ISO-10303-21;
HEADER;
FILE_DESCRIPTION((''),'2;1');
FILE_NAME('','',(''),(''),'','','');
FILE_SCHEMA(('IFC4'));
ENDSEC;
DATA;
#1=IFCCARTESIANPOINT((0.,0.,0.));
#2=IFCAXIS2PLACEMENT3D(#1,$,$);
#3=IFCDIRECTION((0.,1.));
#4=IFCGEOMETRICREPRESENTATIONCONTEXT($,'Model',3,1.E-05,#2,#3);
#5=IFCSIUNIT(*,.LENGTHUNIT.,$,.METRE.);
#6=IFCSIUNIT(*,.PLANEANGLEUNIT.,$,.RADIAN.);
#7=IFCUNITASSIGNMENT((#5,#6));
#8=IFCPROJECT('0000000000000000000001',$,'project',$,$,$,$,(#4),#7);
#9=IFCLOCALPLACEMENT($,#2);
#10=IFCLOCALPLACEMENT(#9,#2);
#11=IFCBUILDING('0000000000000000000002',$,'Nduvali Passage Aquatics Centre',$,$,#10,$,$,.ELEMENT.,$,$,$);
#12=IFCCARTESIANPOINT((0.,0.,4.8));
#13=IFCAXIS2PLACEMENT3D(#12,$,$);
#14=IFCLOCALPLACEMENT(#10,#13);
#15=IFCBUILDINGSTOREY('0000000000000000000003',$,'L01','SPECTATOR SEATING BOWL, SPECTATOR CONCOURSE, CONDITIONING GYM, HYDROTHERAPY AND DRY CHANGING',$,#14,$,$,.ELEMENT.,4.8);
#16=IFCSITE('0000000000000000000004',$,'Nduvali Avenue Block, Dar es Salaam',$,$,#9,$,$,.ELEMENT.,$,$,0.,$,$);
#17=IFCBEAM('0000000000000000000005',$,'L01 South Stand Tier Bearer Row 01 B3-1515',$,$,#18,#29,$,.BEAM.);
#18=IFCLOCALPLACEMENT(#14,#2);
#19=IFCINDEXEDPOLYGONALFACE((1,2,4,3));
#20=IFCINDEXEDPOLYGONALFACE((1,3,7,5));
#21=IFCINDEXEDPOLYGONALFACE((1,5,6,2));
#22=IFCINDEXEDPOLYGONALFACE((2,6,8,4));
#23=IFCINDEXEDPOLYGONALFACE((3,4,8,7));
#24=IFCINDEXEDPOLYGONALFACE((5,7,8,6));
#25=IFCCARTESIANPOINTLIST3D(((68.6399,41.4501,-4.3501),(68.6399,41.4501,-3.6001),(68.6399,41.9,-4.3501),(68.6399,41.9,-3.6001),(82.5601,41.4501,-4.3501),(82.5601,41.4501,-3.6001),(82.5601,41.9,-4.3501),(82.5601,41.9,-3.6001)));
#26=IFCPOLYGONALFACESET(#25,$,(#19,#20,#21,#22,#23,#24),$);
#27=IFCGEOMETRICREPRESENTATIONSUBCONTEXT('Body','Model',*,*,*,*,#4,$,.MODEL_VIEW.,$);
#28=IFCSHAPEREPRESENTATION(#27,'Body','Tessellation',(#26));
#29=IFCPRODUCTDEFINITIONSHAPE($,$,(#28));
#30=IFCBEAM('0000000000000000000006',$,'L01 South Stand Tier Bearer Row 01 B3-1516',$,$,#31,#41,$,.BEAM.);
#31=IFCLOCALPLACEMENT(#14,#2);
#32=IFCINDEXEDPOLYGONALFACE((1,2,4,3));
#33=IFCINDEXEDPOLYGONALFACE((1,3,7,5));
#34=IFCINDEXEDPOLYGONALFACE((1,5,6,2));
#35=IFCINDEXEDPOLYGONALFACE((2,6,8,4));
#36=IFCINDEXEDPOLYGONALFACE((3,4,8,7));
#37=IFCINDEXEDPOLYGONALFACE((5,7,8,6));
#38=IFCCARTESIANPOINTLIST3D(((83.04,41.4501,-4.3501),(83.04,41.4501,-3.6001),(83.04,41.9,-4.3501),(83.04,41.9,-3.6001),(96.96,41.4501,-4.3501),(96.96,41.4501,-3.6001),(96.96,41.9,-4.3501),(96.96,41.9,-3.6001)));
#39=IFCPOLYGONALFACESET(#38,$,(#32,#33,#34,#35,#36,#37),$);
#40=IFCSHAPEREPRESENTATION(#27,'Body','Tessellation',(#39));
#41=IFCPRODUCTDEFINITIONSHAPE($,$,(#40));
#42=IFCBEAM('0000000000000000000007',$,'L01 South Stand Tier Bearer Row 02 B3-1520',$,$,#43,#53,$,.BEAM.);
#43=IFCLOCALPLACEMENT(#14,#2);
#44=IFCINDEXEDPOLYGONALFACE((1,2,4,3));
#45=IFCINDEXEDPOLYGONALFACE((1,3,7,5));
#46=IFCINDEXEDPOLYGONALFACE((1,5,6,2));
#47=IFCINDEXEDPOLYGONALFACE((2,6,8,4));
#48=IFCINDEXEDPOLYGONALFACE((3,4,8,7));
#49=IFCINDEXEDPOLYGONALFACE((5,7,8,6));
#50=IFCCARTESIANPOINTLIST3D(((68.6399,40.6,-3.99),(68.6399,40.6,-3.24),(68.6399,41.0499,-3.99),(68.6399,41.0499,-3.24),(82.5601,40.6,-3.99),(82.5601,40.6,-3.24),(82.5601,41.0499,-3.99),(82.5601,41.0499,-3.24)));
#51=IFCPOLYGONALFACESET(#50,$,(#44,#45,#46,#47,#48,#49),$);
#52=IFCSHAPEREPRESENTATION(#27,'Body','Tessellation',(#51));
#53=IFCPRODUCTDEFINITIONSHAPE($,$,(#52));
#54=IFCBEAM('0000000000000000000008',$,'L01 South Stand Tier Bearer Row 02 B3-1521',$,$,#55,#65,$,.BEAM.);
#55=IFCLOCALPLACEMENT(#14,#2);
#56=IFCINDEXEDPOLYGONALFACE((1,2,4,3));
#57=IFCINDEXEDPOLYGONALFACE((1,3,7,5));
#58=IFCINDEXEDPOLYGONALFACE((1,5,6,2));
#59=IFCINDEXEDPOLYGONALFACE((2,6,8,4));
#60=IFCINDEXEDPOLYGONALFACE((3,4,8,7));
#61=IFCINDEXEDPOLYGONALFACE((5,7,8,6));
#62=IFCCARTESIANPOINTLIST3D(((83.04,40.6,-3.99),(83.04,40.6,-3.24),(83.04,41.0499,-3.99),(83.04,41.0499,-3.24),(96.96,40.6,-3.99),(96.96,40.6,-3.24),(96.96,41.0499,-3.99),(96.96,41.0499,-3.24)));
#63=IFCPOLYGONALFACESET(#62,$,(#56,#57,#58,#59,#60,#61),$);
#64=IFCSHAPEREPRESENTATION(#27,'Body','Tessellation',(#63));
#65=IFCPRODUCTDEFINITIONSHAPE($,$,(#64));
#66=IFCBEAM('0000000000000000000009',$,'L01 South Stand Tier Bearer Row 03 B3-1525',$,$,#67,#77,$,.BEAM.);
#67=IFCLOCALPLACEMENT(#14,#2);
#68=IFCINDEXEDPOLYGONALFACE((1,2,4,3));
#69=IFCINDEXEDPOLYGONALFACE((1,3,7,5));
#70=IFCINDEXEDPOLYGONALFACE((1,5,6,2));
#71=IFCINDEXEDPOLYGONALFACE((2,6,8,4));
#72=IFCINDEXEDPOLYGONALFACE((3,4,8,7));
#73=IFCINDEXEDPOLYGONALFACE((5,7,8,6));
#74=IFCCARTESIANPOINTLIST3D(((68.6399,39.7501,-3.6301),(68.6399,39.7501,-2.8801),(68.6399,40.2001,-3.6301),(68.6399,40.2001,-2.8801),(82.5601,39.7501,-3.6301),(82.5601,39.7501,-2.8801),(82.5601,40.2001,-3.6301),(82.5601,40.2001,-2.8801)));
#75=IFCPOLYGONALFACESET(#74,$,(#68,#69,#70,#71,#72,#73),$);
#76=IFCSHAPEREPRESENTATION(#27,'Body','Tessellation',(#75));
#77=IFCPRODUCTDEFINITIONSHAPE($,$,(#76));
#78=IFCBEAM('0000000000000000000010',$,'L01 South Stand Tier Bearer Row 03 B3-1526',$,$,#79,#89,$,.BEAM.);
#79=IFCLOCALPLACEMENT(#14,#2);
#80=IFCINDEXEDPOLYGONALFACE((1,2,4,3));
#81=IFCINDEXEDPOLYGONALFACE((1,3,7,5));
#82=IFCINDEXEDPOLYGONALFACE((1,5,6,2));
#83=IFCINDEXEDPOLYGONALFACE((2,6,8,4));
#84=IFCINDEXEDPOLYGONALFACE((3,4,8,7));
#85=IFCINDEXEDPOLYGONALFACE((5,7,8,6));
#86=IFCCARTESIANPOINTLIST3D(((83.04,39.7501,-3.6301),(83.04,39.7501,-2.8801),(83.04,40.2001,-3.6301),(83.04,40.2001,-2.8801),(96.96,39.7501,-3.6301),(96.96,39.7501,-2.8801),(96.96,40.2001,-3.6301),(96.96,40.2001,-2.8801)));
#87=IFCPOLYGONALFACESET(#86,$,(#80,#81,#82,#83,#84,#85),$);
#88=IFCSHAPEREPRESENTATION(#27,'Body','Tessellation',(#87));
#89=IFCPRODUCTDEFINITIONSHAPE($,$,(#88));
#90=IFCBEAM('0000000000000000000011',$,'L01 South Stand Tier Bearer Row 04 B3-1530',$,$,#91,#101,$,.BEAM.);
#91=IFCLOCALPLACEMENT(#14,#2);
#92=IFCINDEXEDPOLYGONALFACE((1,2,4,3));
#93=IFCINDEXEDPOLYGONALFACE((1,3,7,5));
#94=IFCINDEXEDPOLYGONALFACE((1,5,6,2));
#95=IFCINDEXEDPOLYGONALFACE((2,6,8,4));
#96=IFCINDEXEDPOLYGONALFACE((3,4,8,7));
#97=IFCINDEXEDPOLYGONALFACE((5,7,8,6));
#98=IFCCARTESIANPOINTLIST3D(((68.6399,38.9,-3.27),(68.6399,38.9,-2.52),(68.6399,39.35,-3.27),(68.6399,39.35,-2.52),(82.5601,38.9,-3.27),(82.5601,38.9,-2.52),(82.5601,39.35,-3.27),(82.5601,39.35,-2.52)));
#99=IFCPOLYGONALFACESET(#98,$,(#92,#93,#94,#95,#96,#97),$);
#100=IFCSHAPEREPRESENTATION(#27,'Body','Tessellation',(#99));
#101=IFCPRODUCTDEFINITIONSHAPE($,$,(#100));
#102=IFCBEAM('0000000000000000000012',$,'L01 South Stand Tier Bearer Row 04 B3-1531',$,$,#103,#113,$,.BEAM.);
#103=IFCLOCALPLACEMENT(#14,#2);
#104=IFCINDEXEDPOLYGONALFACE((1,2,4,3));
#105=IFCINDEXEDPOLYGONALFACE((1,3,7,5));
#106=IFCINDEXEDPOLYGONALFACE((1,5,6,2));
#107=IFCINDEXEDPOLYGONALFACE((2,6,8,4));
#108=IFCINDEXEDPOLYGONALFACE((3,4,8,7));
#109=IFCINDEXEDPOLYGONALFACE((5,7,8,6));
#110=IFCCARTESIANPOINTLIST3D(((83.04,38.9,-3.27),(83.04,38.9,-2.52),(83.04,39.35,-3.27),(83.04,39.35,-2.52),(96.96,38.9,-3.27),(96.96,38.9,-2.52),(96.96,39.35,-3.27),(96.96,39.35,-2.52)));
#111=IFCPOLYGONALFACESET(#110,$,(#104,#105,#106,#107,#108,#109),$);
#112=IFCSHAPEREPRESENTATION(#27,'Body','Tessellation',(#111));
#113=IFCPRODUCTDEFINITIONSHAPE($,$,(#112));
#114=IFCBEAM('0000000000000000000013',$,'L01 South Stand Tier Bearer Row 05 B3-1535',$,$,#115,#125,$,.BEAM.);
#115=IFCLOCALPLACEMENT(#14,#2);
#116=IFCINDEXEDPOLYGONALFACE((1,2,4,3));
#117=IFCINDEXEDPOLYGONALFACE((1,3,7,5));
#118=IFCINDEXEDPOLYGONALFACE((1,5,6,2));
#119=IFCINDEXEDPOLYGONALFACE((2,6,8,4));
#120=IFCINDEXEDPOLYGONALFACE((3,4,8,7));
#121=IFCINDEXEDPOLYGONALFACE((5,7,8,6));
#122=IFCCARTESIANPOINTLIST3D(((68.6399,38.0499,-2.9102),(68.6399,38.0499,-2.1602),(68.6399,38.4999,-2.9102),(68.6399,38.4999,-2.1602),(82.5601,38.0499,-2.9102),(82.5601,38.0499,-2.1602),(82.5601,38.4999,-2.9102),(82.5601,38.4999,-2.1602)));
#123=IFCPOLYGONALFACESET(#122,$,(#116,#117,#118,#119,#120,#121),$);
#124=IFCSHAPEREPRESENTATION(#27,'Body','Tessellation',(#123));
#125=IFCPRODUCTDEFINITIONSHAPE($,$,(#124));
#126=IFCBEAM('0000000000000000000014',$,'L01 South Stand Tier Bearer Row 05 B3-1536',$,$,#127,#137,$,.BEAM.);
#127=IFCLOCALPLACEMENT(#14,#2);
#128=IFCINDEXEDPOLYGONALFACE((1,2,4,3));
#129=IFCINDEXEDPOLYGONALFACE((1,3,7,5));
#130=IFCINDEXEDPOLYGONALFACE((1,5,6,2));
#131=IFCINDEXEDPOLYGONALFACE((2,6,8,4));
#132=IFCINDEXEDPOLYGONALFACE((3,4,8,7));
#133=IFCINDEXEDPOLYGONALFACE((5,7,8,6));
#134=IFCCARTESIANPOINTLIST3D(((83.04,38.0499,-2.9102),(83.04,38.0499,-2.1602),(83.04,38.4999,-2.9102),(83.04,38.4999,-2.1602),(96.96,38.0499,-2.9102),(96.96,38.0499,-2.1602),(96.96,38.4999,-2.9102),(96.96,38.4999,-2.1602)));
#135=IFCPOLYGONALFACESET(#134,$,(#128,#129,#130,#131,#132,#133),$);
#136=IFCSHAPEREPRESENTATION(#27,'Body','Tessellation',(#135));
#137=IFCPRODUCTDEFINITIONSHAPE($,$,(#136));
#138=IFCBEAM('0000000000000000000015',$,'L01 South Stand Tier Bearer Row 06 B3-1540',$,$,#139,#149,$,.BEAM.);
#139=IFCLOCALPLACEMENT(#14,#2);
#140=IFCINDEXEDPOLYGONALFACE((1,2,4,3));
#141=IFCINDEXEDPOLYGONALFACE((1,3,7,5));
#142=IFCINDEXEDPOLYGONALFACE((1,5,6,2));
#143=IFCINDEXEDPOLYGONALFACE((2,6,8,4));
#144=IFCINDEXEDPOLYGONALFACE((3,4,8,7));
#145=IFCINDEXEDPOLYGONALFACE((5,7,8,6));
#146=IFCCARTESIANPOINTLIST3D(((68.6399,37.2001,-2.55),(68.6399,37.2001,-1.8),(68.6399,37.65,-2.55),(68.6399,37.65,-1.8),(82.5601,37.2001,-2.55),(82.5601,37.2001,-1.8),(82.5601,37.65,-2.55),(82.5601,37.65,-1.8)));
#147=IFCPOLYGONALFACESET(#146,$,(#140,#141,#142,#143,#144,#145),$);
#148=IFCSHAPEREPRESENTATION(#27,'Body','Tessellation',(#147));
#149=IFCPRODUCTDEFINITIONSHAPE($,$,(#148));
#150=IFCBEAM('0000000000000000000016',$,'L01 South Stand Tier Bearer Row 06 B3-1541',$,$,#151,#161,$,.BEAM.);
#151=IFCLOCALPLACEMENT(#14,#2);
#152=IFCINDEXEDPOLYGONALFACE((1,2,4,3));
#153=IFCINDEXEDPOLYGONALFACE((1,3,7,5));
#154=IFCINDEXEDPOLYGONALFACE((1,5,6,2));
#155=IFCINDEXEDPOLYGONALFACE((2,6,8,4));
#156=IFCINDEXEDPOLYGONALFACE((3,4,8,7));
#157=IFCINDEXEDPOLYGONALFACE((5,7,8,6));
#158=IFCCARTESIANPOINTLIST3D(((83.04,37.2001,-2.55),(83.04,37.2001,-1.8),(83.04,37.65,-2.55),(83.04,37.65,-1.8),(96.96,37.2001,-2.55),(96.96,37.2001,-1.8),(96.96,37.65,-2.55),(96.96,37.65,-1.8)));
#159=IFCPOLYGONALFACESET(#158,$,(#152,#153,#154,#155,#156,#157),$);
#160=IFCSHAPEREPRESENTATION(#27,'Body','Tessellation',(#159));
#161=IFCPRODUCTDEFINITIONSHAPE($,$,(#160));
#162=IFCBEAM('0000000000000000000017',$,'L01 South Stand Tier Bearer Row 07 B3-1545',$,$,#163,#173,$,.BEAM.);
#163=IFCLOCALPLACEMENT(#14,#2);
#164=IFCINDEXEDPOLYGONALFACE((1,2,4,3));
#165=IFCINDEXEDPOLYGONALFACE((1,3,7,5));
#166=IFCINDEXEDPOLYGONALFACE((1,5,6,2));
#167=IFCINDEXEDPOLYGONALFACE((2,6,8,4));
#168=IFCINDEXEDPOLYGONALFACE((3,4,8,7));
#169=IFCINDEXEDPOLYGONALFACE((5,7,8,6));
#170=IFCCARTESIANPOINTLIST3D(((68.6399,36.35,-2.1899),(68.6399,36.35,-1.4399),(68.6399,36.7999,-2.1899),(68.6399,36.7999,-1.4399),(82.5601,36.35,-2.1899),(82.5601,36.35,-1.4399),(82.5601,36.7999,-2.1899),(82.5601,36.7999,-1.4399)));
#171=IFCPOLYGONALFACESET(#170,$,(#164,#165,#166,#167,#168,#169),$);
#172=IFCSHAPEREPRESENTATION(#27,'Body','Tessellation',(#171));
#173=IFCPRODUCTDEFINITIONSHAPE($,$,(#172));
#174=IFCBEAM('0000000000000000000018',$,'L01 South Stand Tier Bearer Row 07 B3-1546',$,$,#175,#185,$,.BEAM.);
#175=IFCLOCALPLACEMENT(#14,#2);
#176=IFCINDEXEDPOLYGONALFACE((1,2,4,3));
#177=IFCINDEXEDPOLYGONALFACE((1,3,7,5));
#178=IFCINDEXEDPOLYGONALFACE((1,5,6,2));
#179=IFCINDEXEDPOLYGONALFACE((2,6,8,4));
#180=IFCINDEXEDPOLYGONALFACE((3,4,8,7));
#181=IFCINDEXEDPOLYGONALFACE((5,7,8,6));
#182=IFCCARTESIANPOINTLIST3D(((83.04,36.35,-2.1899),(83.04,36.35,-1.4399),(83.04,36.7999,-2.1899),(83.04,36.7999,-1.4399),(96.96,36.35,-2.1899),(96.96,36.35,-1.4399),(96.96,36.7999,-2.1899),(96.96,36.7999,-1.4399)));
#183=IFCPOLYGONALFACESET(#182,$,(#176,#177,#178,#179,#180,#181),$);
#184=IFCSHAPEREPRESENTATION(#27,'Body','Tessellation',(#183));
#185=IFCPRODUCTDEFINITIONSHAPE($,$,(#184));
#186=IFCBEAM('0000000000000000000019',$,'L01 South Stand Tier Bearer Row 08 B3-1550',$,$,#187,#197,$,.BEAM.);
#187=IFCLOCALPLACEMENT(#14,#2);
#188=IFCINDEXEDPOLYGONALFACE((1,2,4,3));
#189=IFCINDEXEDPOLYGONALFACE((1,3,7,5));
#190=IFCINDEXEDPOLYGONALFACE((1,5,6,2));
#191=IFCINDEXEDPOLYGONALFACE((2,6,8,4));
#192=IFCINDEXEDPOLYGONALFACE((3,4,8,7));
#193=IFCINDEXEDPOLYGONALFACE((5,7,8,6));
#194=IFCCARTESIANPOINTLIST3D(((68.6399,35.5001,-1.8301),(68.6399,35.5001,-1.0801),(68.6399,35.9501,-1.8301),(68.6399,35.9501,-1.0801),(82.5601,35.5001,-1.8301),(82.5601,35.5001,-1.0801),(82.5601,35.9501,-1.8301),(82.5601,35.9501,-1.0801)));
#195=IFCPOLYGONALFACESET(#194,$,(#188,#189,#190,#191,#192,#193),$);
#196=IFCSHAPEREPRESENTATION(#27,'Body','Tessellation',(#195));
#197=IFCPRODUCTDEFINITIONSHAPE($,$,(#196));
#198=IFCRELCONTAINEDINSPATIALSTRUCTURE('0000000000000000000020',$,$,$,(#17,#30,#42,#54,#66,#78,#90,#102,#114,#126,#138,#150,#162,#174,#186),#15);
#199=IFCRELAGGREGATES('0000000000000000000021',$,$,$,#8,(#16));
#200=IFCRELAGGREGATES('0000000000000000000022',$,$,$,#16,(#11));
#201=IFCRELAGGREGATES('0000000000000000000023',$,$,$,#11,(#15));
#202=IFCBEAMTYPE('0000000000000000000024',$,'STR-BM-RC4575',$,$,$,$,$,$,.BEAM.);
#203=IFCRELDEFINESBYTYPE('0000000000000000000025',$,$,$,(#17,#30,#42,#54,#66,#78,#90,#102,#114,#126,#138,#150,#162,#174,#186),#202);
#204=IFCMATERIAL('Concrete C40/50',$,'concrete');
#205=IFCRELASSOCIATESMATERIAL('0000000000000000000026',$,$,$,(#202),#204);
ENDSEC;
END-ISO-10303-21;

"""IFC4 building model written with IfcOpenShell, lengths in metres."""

from ifc_helpers import new_model, si_unit, direction, frame, origin, origin_2d, place, context, subcontext, project, spatial, rectangle, extrude, material, material_profile, profile_set, type_object, element, save


model = new_model("IFC4")

# Units and contexts
model_context = context("Model", 3, precision=1e-05, world=origin(), true_north=direction((0.0, 1.0)))
body_context = subcontext(model_context, "Body", "Model", "MODEL_VIEW")
ifc_project = project(units=[si_unit("LENGTHUNIT", "METRE"), si_unit("PLANEANGLEUNIT", "RADIAN")], contexts=[model_context])

# Site, building, storey
site_placement = place(None, origin())
site = spatial("IfcSite", under=ifc_project, at=site_placement, Name="Nduvali Avenue Block, Dar es Salaam", CompositionType="ELEMENT", RefElevation=0.0)
building_placement = place(site_placement, origin())
building = spatial("IfcBuilding", under=site, at=building_placement, Name="Nduvali Passage Aquatics Centre", CompositionType="ELEMENT")
storey_placement = place(building_placement, frame((0.0, 0.0, 4.8)))
storey = spatial("IfcBuildingStorey", under=building, at=storey_placement, Name="L01", Description="SPECTATOR SEATING BOWL, SPECTATOR CONCOURSE, CONDITIONING GYM, HYDROTHERAPY AND DRY CHANGING", CompositionType="ELEMENT", Elevation=4.8)

# Beams
ifc_material = material(Name="Concrete C40/50", Category="concrete")
ifc_material_profile_1 = material_profile(ifc_material, rectangle(XDim=0.45, YDim=0.75, at=origin_2d()), Name="RC 450x750")
ifc_profile_set_1 = profile_set([ifc_material_profile_1], Name="Concrete C40/50")
beam_type_1 = type_object("IfcBeamType", Name="STR-BM-RC4575", PredefinedType="BEAM", material=ifc_profile_set_1)
beam_1_placement = place(storey_placement, frame((68.6399, 41.675, -3.9751), z_axis=(1.0, 0.0, 0.0), x_axis=(0.0, 1.0, 0.0)))
element("IfcBeam", 1, at=beam_1_placement, inside=storey, type_object=beam_type_1, Name="L01 South Stand Tier Bearer Row 01 B3-1515", PredefinedType="BEAM", context=body_context, shape_type="SweptSolid", body=[
    extrude(rectangle(XDim=0.45, YDim=0.75, at=origin_2d()), origin(), (0.0, 0.0, 1.0), 13.9202),
])
beam_2_placement = place(storey_placement, frame((83.04, 41.675, -3.9751), z_axis=(1.0, 0.0, 0.0), x_axis=(0.0, 1.0, 0.0)))
element("IfcBeam", 2, at=beam_2_placement, inside=storey, type_object=beam_type_1, Name="L01 South Stand Tier Bearer Row 01 B3-1516", PredefinedType="BEAM", context=body_context, shape_type="SweptSolid", body=[
    extrude(rectangle(XDim=0.45, YDim=0.75, at=origin_2d()), origin(), (0.0, 0.0, 1.0), 13.9199),
])
beam_3_placement = place(storey_placement, frame((68.6399, 40.825, -3.615), z_axis=(1.0, 0.0, 0.0), x_axis=(0.0, 1.0, 0.0)))
element("IfcBeam", 3, at=beam_3_placement, inside=storey, type_object=beam_type_1, Name="L01 South Stand Tier Bearer Row 02 B3-1520", PredefinedType="BEAM", context=body_context, shape_type="SweptSolid", body=[
    extrude(rectangle(XDim=0.45, YDim=0.75, at=origin_2d()), origin(), (0.0, 0.0, 1.0), 13.9202),
])
beam_4_placement = place(storey_placement, frame((83.04, 40.825, -3.615), z_axis=(1.0, 0.0, 0.0), x_axis=(0.0, 1.0, 0.0)))
element("IfcBeam", 4, at=beam_4_placement, inside=storey, type_object=beam_type_1, Name="L01 South Stand Tier Bearer Row 02 B3-1521", PredefinedType="BEAM", context=body_context, shape_type="SweptSolid", body=[
    extrude(rectangle(XDim=0.45, YDim=0.75, at=origin_2d()), origin(), (0.0, 0.0, 1.0), 13.9199),
])
beam_5_placement = place(storey_placement, frame((68.6399, 39.9751, -3.2551), z_axis=(1.0, 0.0, 0.0), x_axis=(0.0, 1.0, 0.0)))
element("IfcBeam", 5, at=beam_5_placement, inside=storey, type_object=beam_type_1, Name="L01 South Stand Tier Bearer Row 03 B3-1525", PredefinedType="BEAM", context=body_context, shape_type="SweptSolid", body=[
    extrude(rectangle(XDim=0.45, YDim=0.75, at=origin_2d()), origin(), (0.0, 0.0, 1.0), 13.9202),
])
beam_6_placement = place(storey_placement, frame((83.04, 39.9751, -3.2551), z_axis=(1.0, 0.0, 0.0), x_axis=(0.0, 1.0, 0.0)))
element("IfcBeam", 6, at=beam_6_placement, inside=storey, type_object=beam_type_1, Name="L01 South Stand Tier Bearer Row 03 B3-1526", PredefinedType="BEAM", context=body_context, shape_type="SweptSolid", body=[
    extrude(rectangle(XDim=0.45, YDim=0.75, at=origin_2d()), origin(), (0.0, 0.0, 1.0), 13.9199),
])
beam_7_placement = place(storey_placement, frame((68.6399, 39.125, -2.895), z_axis=(1.0, 0.0, 0.0), x_axis=(0.0, 1.0, 0.0)))
element("IfcBeam", 7, at=beam_7_placement, inside=storey, type_object=beam_type_1, Name="L01 South Stand Tier Bearer Row 04 B3-1530", PredefinedType="BEAM", context=body_context, shape_type="SweptSolid", body=[
    extrude(rectangle(XDim=0.45, YDim=0.75, at=origin_2d()), origin(), (0.0, 0.0, 1.0), 13.9202),
])
beam_8_placement = place(storey_placement, frame((83.04, 39.125, -2.895), z_axis=(1.0, 0.0, 0.0), x_axis=(0.0, 1.0, 0.0)))
element("IfcBeam", 8, at=beam_8_placement, inside=storey, type_object=beam_type_1, Name="L01 South Stand Tier Bearer Row 04 B3-1531", PredefinedType="BEAM", context=body_context, shape_type="SweptSolid", body=[
    extrude(rectangle(XDim=0.45, YDim=0.75, at=origin_2d()), origin(), (0.0, 0.0, 1.0), 13.9199),
])
beam_9_placement = place(storey_placement, frame((68.6399, 38.2749, -2.5352), z_axis=(1.0, 0.0, 0.0), x_axis=(0.0, 1.0, 0.0)))
element("IfcBeam", 9, at=beam_9_placement, inside=storey, type_object=beam_type_1, Name="L01 South Stand Tier Bearer Row 05 B3-1535", PredefinedType="BEAM", context=body_context, shape_type="SweptSolid", body=[
    extrude(rectangle(XDim=0.45, YDim=0.75, at=origin_2d()), origin(), (0.0, 0.0, 1.0), 13.9202),
])
beam_10_placement = place(storey_placement, frame((83.04, 38.2749, -2.5352), z_axis=(1.0, 0.0, 0.0), x_axis=(0.0, 1.0, 0.0)))
element("IfcBeam", 10, at=beam_10_placement, inside=storey, type_object=beam_type_1, Name="L01 South Stand Tier Bearer Row 05 B3-1536", PredefinedType="BEAM", context=body_context, shape_type="SweptSolid", body=[
    extrude(rectangle(XDim=0.45, YDim=0.75, at=origin_2d()), origin(), (0.0, 0.0, 1.0), 13.9199),
])
beam_11_placement = place(storey_placement, frame((68.6399, 37.425, -2.175), z_axis=(1.0, 0.0, 0.0), x_axis=(0.0, 1.0, 0.0)))
element("IfcBeam", 11, at=beam_11_placement, inside=storey, type_object=beam_type_1, Name="L01 South Stand Tier Bearer Row 06 B3-1540", PredefinedType="BEAM", context=body_context, shape_type="SweptSolid", body=[
    extrude(rectangle(XDim=0.45, YDim=0.75, at=origin_2d()), origin(), (0.0, 0.0, 1.0), 13.9202),
])
beam_12_placement = place(storey_placement, frame((83.04, 37.425, -2.175), z_axis=(1.0, 0.0, 0.0), x_axis=(0.0, 1.0, 0.0)))
element("IfcBeam", 12, at=beam_12_placement, inside=storey, type_object=beam_type_1, Name="L01 South Stand Tier Bearer Row 06 B3-1541", PredefinedType="BEAM", context=body_context, shape_type="SweptSolid", body=[
    extrude(rectangle(XDim=0.45, YDim=0.75, at=origin_2d()), origin(), (0.0, 0.0, 1.0), 13.9199),
])
beam_13_placement = place(storey_placement, frame((68.6399, 36.575, -1.8149), z_axis=(1.0, 0.0, 0.0), x_axis=(0.0, 1.0, 0.0)))
element("IfcBeam", 13, at=beam_13_placement, inside=storey, type_object=beam_type_1, Name="L01 South Stand Tier Bearer Row 07 B3-1545", PredefinedType="BEAM", context=body_context, shape_type="SweptSolid", body=[
    extrude(rectangle(XDim=0.45, YDim=0.75, at=origin_2d()), origin(), (0.0, 0.0, 1.0), 13.9202),
])
beam_14_placement = place(storey_placement, frame((83.04, 36.575, -1.8149), z_axis=(1.0, 0.0, 0.0), x_axis=(0.0, 1.0, 0.0)))
element("IfcBeam", 14, at=beam_14_placement, inside=storey, type_object=beam_type_1, Name="L01 South Stand Tier Bearer Row 07 B3-1546", PredefinedType="BEAM", context=body_context, shape_type="SweptSolid", body=[
    extrude(rectangle(XDim=0.45, YDim=0.75, at=origin_2d()), origin(), (0.0, 0.0, 1.0), 13.9199),
])
beam_15_placement = place(storey_placement, frame((68.6399, 35.7251, -1.4551), z_axis=(1.0, 0.0, 0.0), x_axis=(0.0, 1.0, 0.0)))
element("IfcBeam", 15, at=beam_15_placement, inside=storey, type_object=beam_type_1, Name="L01 South Stand Tier Bearer Row 08 B3-1550", PredefinedType="BEAM", context=body_context, shape_type="SweptSolid", body=[
    extrude(rectangle(XDim=0.45, YDim=0.75, at=origin_2d()), origin(), (0.0, 0.0, 1.0), 13.9202),
])

save(model, "model.ifc")
